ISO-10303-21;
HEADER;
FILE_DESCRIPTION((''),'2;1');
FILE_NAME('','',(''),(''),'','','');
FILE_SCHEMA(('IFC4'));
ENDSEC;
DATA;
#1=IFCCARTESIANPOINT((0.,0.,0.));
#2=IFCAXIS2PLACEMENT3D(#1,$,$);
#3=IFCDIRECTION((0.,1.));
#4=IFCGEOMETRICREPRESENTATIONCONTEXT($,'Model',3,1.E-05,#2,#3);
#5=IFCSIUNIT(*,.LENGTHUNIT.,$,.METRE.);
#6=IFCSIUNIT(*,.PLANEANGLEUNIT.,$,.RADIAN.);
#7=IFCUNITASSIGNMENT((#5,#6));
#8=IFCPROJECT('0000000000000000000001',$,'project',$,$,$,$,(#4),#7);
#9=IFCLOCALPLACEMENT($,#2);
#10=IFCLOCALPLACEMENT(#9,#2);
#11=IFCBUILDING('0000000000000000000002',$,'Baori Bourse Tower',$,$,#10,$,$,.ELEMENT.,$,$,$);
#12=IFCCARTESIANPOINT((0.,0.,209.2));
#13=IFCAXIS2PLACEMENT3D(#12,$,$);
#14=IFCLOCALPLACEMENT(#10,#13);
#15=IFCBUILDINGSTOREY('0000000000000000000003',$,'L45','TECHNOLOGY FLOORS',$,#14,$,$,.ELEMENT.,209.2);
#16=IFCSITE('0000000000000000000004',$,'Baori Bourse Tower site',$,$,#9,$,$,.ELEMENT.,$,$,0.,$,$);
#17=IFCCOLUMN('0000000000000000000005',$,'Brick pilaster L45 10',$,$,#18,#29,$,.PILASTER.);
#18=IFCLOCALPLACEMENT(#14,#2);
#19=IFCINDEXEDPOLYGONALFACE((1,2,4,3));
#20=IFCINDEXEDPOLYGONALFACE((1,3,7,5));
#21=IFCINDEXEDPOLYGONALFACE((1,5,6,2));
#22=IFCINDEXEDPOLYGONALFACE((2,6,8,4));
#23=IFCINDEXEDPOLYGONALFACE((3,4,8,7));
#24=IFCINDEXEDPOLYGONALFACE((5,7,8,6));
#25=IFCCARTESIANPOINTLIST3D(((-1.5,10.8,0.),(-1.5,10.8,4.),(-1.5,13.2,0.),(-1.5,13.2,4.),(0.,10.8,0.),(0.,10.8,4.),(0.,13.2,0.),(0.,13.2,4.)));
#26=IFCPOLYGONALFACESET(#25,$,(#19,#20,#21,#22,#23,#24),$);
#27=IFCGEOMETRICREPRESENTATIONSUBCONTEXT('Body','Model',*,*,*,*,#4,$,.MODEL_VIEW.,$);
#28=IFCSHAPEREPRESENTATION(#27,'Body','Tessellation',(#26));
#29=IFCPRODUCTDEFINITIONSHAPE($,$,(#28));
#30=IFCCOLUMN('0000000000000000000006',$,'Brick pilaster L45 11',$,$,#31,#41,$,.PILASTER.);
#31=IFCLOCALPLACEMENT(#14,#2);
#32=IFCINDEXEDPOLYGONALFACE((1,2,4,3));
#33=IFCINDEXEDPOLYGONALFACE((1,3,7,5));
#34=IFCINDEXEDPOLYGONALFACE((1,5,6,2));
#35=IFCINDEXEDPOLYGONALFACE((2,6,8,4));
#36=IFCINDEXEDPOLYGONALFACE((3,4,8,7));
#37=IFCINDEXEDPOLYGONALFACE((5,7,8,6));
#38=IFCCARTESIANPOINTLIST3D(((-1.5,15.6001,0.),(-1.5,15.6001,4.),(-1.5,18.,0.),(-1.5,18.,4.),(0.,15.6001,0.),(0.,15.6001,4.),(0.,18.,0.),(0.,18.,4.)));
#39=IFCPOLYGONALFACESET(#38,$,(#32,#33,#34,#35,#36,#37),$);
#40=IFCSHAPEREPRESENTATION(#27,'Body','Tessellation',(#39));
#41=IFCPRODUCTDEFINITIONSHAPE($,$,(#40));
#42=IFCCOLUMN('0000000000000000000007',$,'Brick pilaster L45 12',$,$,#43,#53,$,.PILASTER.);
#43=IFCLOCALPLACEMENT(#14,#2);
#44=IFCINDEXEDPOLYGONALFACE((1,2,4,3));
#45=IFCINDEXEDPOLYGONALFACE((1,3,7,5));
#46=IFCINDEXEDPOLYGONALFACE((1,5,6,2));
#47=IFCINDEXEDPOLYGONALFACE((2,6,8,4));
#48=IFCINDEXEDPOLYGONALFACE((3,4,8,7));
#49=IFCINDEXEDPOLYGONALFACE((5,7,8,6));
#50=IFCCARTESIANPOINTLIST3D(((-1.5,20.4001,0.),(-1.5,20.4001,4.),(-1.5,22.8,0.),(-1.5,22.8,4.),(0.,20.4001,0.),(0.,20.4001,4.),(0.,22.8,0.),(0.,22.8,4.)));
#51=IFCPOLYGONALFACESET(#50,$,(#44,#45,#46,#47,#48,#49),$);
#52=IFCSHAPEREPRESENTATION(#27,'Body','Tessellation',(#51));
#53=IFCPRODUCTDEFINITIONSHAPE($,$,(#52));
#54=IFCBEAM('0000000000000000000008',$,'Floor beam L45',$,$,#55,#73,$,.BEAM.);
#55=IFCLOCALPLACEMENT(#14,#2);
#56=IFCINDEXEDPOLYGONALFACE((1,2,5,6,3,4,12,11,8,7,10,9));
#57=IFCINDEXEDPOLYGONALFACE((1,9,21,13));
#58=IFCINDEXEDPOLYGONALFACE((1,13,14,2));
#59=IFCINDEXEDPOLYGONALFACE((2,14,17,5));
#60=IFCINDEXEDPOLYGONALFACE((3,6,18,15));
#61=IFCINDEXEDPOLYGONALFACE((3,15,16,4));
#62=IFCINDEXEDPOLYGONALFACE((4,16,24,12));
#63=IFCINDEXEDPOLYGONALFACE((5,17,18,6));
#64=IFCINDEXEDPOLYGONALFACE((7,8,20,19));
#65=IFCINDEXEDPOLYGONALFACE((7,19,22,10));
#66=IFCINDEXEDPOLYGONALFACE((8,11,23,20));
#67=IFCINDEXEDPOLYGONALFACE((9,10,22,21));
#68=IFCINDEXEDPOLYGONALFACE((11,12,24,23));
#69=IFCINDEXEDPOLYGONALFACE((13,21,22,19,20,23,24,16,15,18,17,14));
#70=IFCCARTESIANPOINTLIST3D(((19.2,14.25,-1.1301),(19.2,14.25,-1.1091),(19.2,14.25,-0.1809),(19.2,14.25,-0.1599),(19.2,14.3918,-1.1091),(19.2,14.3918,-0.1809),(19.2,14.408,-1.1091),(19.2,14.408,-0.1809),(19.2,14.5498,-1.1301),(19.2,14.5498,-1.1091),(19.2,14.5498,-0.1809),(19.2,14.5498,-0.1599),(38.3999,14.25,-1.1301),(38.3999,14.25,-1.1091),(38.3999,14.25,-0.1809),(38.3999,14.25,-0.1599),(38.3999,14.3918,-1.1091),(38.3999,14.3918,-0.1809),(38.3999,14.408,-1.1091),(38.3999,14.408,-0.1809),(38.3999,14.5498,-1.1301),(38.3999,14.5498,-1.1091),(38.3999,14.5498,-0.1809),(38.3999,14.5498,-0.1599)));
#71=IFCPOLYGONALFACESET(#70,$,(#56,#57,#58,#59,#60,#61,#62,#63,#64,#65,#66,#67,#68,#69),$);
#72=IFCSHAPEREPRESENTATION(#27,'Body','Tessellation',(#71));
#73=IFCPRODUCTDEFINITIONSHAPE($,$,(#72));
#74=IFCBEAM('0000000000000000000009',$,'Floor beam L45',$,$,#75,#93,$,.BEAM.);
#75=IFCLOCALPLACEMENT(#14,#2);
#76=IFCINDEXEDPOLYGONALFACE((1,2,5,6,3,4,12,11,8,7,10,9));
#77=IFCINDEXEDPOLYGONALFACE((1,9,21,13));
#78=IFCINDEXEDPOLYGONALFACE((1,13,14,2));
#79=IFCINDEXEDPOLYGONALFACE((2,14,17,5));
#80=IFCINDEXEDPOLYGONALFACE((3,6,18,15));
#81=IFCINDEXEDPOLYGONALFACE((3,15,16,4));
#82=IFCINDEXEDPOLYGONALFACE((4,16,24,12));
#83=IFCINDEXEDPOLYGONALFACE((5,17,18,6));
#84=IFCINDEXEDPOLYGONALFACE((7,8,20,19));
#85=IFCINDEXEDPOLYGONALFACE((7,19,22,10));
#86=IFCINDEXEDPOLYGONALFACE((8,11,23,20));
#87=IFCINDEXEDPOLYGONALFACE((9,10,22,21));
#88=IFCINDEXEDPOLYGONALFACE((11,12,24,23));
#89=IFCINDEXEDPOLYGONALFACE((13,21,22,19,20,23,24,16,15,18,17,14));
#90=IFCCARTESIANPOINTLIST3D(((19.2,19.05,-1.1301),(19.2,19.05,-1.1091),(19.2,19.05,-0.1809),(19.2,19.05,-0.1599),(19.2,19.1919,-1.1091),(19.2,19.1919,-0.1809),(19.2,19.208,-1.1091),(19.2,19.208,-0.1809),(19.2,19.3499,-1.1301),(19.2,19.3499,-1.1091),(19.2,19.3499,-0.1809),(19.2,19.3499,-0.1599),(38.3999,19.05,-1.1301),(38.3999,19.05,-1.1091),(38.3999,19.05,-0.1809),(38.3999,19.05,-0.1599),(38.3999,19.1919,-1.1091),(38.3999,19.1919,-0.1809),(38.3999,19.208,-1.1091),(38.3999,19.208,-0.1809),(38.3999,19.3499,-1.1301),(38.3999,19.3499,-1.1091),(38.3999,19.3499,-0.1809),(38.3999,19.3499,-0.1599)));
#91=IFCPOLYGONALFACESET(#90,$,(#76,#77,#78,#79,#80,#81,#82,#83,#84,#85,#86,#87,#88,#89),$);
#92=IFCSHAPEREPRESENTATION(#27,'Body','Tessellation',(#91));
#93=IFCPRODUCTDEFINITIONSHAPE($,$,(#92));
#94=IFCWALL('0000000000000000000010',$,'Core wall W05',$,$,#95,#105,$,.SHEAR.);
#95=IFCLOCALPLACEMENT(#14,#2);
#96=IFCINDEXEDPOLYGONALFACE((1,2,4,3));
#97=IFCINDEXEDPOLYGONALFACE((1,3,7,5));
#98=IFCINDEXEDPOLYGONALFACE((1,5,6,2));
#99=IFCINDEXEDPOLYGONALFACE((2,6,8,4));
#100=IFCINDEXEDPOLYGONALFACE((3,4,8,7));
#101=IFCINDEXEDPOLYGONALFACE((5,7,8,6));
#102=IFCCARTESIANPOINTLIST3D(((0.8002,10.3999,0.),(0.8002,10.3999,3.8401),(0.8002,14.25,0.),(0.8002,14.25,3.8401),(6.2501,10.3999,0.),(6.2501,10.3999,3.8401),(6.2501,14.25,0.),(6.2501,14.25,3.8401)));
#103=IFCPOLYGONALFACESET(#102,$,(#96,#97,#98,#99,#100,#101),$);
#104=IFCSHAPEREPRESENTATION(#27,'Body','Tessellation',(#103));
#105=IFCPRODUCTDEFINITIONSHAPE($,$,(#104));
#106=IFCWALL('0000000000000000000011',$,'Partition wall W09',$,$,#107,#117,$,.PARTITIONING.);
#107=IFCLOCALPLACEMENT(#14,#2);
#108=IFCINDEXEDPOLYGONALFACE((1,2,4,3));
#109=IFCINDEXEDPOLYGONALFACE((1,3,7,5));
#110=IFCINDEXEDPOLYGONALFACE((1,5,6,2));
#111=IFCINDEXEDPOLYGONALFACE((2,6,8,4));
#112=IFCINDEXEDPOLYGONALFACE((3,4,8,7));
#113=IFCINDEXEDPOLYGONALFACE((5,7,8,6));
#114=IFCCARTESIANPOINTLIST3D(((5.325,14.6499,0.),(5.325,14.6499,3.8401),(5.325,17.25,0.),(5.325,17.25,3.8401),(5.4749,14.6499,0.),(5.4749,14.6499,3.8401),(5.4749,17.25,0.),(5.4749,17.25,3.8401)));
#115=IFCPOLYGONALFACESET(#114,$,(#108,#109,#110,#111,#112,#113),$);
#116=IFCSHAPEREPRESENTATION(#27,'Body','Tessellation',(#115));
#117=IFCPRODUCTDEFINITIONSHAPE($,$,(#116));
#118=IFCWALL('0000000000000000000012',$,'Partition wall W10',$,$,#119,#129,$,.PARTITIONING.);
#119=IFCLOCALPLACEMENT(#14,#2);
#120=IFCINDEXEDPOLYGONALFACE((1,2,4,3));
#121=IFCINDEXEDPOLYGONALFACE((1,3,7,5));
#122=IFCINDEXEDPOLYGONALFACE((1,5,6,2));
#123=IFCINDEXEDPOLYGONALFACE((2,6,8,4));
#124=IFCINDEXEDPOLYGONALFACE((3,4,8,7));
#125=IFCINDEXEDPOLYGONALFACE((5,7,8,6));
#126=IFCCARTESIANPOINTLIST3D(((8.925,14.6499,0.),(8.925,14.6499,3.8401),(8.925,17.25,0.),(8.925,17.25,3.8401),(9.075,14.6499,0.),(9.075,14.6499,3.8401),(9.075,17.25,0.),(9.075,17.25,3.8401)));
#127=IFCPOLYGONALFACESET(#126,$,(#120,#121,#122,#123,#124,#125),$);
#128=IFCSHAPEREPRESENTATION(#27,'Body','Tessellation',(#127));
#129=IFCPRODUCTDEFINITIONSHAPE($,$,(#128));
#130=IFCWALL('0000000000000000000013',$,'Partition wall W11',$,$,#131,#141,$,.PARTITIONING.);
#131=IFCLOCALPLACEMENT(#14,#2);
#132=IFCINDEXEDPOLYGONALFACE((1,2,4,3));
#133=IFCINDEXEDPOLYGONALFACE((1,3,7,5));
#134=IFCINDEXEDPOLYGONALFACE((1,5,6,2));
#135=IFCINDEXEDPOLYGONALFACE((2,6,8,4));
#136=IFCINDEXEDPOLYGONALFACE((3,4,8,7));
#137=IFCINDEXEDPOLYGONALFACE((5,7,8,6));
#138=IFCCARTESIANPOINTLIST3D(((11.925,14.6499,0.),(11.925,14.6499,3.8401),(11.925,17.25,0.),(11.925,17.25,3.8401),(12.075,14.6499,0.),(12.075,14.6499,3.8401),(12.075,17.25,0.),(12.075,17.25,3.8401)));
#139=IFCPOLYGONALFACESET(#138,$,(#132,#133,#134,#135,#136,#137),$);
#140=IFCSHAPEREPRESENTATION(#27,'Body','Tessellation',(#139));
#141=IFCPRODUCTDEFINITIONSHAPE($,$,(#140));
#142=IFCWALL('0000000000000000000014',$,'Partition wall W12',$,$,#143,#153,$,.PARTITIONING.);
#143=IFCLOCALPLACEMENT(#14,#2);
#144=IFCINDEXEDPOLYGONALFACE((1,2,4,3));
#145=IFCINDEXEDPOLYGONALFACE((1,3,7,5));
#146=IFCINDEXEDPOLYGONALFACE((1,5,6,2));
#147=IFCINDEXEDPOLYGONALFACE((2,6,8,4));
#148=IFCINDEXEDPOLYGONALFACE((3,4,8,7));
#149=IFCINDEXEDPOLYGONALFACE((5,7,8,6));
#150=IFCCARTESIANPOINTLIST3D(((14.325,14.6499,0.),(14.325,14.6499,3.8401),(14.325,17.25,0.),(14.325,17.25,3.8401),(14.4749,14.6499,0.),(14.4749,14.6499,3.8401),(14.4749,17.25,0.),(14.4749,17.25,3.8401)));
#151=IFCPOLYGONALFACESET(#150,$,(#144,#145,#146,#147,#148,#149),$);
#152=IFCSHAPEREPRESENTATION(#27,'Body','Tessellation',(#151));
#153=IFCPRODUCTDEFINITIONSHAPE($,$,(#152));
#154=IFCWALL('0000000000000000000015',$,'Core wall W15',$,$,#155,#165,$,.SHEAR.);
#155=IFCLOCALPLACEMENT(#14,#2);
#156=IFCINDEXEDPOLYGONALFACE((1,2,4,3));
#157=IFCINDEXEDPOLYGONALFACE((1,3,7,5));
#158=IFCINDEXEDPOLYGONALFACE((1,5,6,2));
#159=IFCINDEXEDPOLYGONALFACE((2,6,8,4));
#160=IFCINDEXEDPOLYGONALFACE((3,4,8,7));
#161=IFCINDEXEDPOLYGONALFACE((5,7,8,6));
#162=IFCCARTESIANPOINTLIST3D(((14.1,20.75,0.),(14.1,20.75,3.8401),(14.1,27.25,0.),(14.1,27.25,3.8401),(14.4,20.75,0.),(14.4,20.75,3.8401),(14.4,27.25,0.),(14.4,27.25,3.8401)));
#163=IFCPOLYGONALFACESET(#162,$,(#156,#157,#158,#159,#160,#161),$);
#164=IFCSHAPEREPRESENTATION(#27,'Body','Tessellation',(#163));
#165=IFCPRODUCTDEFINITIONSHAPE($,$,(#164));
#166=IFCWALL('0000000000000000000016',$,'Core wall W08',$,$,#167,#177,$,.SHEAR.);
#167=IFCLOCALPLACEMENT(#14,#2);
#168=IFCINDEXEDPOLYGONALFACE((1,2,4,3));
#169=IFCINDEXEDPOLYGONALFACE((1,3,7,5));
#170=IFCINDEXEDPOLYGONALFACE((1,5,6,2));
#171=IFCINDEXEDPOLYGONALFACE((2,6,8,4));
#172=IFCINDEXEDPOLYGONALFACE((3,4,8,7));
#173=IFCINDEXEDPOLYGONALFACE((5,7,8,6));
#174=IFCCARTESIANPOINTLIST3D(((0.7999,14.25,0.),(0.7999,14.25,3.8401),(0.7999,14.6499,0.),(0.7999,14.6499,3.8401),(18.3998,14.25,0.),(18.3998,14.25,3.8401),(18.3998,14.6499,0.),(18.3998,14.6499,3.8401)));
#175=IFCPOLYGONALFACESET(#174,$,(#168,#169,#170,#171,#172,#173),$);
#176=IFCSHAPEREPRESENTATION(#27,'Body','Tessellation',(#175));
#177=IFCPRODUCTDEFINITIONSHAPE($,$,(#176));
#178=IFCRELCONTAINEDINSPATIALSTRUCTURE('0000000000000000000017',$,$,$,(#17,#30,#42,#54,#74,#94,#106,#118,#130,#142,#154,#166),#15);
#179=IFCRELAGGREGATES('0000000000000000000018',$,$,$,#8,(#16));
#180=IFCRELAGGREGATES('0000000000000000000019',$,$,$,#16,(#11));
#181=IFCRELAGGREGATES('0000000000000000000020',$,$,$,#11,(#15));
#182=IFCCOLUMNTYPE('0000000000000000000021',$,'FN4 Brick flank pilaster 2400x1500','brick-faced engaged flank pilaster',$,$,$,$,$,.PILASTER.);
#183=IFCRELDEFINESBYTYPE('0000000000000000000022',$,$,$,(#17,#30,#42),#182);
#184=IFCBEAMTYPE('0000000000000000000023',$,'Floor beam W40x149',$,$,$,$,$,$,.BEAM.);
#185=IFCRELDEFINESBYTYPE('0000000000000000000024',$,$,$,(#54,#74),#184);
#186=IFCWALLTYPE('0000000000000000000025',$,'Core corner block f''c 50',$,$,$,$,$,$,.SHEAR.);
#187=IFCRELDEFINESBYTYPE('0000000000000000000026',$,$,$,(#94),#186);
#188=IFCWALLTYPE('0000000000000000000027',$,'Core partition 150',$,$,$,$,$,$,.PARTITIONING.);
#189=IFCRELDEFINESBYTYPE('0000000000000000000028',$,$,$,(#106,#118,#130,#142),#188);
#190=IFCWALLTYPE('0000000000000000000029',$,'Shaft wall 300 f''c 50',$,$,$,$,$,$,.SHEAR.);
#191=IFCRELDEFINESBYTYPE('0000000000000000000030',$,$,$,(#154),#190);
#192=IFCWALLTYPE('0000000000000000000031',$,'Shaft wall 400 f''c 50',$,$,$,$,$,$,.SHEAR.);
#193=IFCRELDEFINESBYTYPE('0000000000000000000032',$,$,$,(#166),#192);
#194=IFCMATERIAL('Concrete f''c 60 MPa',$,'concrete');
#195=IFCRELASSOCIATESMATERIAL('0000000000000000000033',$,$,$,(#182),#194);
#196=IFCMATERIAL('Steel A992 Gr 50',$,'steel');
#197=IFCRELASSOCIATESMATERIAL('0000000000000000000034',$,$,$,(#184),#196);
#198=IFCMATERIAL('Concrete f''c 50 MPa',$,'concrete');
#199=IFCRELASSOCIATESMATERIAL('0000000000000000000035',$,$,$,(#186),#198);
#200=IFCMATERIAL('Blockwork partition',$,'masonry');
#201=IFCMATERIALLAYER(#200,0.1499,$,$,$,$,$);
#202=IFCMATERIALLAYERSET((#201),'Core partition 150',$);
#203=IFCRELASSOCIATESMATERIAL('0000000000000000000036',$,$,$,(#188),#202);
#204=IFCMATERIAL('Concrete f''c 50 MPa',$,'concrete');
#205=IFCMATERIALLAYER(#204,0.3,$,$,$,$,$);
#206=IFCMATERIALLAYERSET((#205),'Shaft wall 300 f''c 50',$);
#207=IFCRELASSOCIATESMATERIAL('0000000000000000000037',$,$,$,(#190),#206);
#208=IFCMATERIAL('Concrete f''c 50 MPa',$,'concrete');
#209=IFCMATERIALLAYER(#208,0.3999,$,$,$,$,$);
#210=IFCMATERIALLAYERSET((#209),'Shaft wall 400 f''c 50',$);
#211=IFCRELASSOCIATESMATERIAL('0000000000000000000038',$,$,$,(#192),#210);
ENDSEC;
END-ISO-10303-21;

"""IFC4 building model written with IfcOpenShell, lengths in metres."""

from ifc_helpers import new_model, si_unit, direction, frame, frame_2d, origin, origin_2d, place, context, subcontext, project, spatial, rectangle, i_section, extrude, material, layer, layer_set, material_profile, profile_set, type_object, element, save


model = new_model("IFC4")

# Units and contexts
model_context = context("Model", 3, precision=1e-05, world=origin(), true_north=direction((0.0, 1.0)))
body_context = subcontext(model_context, "Body", "Model", "MODEL_VIEW")
ifc_project = project(units=[si_unit("LENGTHUNIT", "METRE"), si_unit("PLANEANGLEUNIT", "RADIAN")], contexts=[model_context])

# Site, building, storey
site_placement = place(None, origin())
site = spatial("IfcSite", under=ifc_project, at=site_placement, Name="Baori Bourse Tower site", CompositionType="ELEMENT", RefElevation=0.0)
building_placement = place(site_placement, origin())
building = spatial("IfcBuilding", under=site, at=building_placement, Name="Baori Bourse Tower", CompositionType="ELEMENT")
storey_placement = place(building_placement, frame((0.0, 0.0, 209.2)))
storey = spatial("IfcBuildingStorey", under=building, at=storey_placement, Name="L45", Description="TECHNOLOGY FLOORS", CompositionType="ELEMENT", Elevation=209.2)

# Columns
ifc_material_1 = material(Name="Concrete f'c 60 MPa", Category="concrete")
ifc_material_profile_1 = material_profile(ifc_material_1, rectangle(XDim=2.3999, YDim=1.5, at=origin_2d()), Name="RC 2400x1500")
ifc_profile_set_1 = profile_set([ifc_material_profile_1], Name="Concrete f'c 60 MPa")
column_type = type_object("IfcColumnType", Name="FN4 Brick flank pilaster 2400x1500", Description="brick-faced engaged flank pilaster", PredefinedType="PILASTER", material=ifc_profile_set_1)
for number, where, z_axis, x_axis, name in (
    (1, (-0.75, 12.0, 0.0), (0.0, 0.0, 1.0), (0.0, 1.0, 0.0), "Brick pilaster L45 10"),
    (2, (-0.75, 16.8, 0.0), (0.0, 0.0, 1.0), (0.0, 1.0, 0.0), "Brick pilaster L45 11"),
    (3, (-0.75, 21.6001, 0.0), (0.0, 0.0, 1.0), (0.0, 1.0, 0.0), "Brick pilaster L45 12"),
):
    element("IfcColumn", number, at=place(storey_placement, frame(where, z_axis=z_axis, x_axis=x_axis)), inside=storey, type_object=column_type, Name=name, PredefinedType="PILASTER", context=body_context, shape_type="SweptSolid", body=[
        extrude(rectangle(XDim=2.3999, YDim=1.5, at=origin_2d()), origin(), (0.0, 0.0, 1.0), 4.0),
    ])

# Beams
ifc_material_2 = material(Name="Steel A992 Gr 50", Category="steel")
ifc_material_profile_2 = material_profile(ifc_material_2, i_section(OverallWidth=0.2998, OverallDepth=0.9702, WebThickness=0.0161, FlangeThickness=0.021, at=origin_2d()), Name="W40x149")
ifc_profile_set_2 = profile_set([ifc_material_profile_2], Name="Steel A992 Gr 50")
beam_type = type_object("IfcBeamType", Name="Floor beam W40x149", PredefinedType="BEAM", material=ifc_profile_set_2)
for number, where, z_axis, x_axis, name in (
    (4, (19.2, 14.3999, -0.645), (1.0, 0.0, 0.0), (0.0, 1.0, 0.0), "Floor beam L45"),
    (5, (19.2, 19.2, -0.645), (1.0, 0.0, 0.0), (0.0, 1.0, 0.0), "Floor beam L45"),
):
    element("IfcBeam", number, at=place(storey_placement, frame(where, z_axis=z_axis, x_axis=x_axis)), inside=storey, type_object=beam_type, Name=name, PredefinedType="BEAM", context=body_context, shape_type="SweptSolid", body=[
        extrude(i_section(OverallWidth=0.2998, OverallDepth=0.9702, WebThickness=0.0161, FlangeThickness=0.021, at=origin_2d()), origin(), (0.0, 0.0, 1.0), 19.2),
    ])

# Walls
ifc_material_3 = material(Name="Concrete f'c 50 MPa", Category="concrete")
wall_type_1 = type_object("IfcWallType", Name="Core corner block f'c 50", PredefinedType="SHEAR", material=ifc_material_3)
wall_1_placement = place(storey_placement, frame((0.8, 12.325, 0.0), z_axis=(0.0, 0.0, 1.0), x_axis=(1.0, 0.0, 0.0)))
element("IfcWall", 6, at=wall_1_placement, inside=storey, type_object=wall_type_1, Name="Core wall W05", PredefinedType="SHEAR", context=body_context, shape_type="SweptSolid", body=[
    extrude(rectangle(XDim=5.45, YDim=3.8501, at=frame_2d((2.7251, 0.0))), origin(), (0.0, 0.0, 1.0), 3.8401),
])
ifc_material_4 = material(Name="Blockwork partition", Category="masonry")
ifc_layer_1 = layer(ifc_material_4, 0.1499)
ifc_layer_set_1 = layer_set([ifc_layer_1], Name="Core partition 150")
wall_type_2 = type_object("IfcWallType", Name="Core partition 150", PredefinedType="PARTITIONING", material=ifc_layer_set_1)
for number, where, z_axis, x_axis, name in (
    (7, (5.3999, 14.6499, 0.0), (0.0, 0.0, 1.0), (0.0, 1.0, 0.0), "Partition wall W09"),
    (8, (9.0, 14.6499, 0.0), (0.0, 0.0, 1.0), (0.0, 1.0, 0.0), "Partition wall W10"),
    (9, (12.0, 14.6499, 0.0), (0.0, 0.0, 1.0), (0.0, 1.0, 0.0), "Partition wall W11"),
    (10, (14.3999, 14.6499, 0.0), (0.0, 0.0, 1.0), (0.0, 1.0, 0.0), "Partition wall W12"),
):
    element("IfcWall", number, at=place(storey_placement, frame(where, z_axis=z_axis, x_axis=x_axis)), inside=storey, type_object=wall_type_2, Name=name, PredefinedType="PARTITIONING", context=body_context, shape_type="SweptSolid", body=[
        extrude(rectangle(XDim=2.6001, YDim=0.1499, at=frame_2d((1.3, 0.0))), origin(), (0.0, 0.0, 1.0), 3.8401),
    ])
ifc_material_5 = material(Name="Concrete f'c 50 MPa", Category="concrete")
ifc_layer_2 = layer(ifc_material_5, 0.3)
ifc_layer_set_2 = layer_set([ifc_layer_2], Name="Shaft wall 300 f'c 50")
wall_type_3 = type_object("IfcWallType", Name="Shaft wall 300 f'c 50", PredefinedType="SHEAR", material=ifc_layer_set_2)
wall_2_placement = place(storey_placement, frame((14.25, 20.75, 0.0), z_axis=(0.0, 0.0, 1.0), x_axis=(0.0, 1.0, 0.0)))
element("IfcWall", 11, at=wall_2_placement, inside=storey, type_object=wall_type_3, Name="Core wall W15", PredefinedType="SHEAR", context=body_context, shape_type="SweptSolid", body=[
    extrude(rectangle(XDim=6.5, YDim=0.3, at=frame_2d((3.25, 0.0))), origin(), (0.0, 0.0, 1.0), 3.8401),
])
ifc_material_6 = material(Name="Concrete f'c 50 MPa", Category="concrete")
ifc_layer_3 = layer(ifc_material_6, 0.3999)
ifc_layer_set_3 = layer_set([ifc_layer_3], Name="Shaft wall 400 f'c 50")
wall_type_4 = type_object("IfcWallType", Name="Shaft wall 400 f'c 50", PredefinedType="SHEAR", material=ifc_layer_set_3)
wall_3_placement = place(storey_placement, frame((0.8, 14.45, 0.0), z_axis=(0.0, 0.0, 1.0), x_axis=(1.0, 0.0, 0.0)))
element("IfcWall", 12, at=wall_3_placement, inside=storey, type_object=wall_type_4, Name="Core wall W08", PredefinedType="SHEAR", context=body_context, shape_type="SweptSolid", body=[
    extrude(rectangle(XDim=17.5999, YDim=0.3999, at=frame_2d((8.7998, 0.0))), origin(), (0.0, 0.0, 1.0), 3.8401),
])

save(model, "model.ifc")
